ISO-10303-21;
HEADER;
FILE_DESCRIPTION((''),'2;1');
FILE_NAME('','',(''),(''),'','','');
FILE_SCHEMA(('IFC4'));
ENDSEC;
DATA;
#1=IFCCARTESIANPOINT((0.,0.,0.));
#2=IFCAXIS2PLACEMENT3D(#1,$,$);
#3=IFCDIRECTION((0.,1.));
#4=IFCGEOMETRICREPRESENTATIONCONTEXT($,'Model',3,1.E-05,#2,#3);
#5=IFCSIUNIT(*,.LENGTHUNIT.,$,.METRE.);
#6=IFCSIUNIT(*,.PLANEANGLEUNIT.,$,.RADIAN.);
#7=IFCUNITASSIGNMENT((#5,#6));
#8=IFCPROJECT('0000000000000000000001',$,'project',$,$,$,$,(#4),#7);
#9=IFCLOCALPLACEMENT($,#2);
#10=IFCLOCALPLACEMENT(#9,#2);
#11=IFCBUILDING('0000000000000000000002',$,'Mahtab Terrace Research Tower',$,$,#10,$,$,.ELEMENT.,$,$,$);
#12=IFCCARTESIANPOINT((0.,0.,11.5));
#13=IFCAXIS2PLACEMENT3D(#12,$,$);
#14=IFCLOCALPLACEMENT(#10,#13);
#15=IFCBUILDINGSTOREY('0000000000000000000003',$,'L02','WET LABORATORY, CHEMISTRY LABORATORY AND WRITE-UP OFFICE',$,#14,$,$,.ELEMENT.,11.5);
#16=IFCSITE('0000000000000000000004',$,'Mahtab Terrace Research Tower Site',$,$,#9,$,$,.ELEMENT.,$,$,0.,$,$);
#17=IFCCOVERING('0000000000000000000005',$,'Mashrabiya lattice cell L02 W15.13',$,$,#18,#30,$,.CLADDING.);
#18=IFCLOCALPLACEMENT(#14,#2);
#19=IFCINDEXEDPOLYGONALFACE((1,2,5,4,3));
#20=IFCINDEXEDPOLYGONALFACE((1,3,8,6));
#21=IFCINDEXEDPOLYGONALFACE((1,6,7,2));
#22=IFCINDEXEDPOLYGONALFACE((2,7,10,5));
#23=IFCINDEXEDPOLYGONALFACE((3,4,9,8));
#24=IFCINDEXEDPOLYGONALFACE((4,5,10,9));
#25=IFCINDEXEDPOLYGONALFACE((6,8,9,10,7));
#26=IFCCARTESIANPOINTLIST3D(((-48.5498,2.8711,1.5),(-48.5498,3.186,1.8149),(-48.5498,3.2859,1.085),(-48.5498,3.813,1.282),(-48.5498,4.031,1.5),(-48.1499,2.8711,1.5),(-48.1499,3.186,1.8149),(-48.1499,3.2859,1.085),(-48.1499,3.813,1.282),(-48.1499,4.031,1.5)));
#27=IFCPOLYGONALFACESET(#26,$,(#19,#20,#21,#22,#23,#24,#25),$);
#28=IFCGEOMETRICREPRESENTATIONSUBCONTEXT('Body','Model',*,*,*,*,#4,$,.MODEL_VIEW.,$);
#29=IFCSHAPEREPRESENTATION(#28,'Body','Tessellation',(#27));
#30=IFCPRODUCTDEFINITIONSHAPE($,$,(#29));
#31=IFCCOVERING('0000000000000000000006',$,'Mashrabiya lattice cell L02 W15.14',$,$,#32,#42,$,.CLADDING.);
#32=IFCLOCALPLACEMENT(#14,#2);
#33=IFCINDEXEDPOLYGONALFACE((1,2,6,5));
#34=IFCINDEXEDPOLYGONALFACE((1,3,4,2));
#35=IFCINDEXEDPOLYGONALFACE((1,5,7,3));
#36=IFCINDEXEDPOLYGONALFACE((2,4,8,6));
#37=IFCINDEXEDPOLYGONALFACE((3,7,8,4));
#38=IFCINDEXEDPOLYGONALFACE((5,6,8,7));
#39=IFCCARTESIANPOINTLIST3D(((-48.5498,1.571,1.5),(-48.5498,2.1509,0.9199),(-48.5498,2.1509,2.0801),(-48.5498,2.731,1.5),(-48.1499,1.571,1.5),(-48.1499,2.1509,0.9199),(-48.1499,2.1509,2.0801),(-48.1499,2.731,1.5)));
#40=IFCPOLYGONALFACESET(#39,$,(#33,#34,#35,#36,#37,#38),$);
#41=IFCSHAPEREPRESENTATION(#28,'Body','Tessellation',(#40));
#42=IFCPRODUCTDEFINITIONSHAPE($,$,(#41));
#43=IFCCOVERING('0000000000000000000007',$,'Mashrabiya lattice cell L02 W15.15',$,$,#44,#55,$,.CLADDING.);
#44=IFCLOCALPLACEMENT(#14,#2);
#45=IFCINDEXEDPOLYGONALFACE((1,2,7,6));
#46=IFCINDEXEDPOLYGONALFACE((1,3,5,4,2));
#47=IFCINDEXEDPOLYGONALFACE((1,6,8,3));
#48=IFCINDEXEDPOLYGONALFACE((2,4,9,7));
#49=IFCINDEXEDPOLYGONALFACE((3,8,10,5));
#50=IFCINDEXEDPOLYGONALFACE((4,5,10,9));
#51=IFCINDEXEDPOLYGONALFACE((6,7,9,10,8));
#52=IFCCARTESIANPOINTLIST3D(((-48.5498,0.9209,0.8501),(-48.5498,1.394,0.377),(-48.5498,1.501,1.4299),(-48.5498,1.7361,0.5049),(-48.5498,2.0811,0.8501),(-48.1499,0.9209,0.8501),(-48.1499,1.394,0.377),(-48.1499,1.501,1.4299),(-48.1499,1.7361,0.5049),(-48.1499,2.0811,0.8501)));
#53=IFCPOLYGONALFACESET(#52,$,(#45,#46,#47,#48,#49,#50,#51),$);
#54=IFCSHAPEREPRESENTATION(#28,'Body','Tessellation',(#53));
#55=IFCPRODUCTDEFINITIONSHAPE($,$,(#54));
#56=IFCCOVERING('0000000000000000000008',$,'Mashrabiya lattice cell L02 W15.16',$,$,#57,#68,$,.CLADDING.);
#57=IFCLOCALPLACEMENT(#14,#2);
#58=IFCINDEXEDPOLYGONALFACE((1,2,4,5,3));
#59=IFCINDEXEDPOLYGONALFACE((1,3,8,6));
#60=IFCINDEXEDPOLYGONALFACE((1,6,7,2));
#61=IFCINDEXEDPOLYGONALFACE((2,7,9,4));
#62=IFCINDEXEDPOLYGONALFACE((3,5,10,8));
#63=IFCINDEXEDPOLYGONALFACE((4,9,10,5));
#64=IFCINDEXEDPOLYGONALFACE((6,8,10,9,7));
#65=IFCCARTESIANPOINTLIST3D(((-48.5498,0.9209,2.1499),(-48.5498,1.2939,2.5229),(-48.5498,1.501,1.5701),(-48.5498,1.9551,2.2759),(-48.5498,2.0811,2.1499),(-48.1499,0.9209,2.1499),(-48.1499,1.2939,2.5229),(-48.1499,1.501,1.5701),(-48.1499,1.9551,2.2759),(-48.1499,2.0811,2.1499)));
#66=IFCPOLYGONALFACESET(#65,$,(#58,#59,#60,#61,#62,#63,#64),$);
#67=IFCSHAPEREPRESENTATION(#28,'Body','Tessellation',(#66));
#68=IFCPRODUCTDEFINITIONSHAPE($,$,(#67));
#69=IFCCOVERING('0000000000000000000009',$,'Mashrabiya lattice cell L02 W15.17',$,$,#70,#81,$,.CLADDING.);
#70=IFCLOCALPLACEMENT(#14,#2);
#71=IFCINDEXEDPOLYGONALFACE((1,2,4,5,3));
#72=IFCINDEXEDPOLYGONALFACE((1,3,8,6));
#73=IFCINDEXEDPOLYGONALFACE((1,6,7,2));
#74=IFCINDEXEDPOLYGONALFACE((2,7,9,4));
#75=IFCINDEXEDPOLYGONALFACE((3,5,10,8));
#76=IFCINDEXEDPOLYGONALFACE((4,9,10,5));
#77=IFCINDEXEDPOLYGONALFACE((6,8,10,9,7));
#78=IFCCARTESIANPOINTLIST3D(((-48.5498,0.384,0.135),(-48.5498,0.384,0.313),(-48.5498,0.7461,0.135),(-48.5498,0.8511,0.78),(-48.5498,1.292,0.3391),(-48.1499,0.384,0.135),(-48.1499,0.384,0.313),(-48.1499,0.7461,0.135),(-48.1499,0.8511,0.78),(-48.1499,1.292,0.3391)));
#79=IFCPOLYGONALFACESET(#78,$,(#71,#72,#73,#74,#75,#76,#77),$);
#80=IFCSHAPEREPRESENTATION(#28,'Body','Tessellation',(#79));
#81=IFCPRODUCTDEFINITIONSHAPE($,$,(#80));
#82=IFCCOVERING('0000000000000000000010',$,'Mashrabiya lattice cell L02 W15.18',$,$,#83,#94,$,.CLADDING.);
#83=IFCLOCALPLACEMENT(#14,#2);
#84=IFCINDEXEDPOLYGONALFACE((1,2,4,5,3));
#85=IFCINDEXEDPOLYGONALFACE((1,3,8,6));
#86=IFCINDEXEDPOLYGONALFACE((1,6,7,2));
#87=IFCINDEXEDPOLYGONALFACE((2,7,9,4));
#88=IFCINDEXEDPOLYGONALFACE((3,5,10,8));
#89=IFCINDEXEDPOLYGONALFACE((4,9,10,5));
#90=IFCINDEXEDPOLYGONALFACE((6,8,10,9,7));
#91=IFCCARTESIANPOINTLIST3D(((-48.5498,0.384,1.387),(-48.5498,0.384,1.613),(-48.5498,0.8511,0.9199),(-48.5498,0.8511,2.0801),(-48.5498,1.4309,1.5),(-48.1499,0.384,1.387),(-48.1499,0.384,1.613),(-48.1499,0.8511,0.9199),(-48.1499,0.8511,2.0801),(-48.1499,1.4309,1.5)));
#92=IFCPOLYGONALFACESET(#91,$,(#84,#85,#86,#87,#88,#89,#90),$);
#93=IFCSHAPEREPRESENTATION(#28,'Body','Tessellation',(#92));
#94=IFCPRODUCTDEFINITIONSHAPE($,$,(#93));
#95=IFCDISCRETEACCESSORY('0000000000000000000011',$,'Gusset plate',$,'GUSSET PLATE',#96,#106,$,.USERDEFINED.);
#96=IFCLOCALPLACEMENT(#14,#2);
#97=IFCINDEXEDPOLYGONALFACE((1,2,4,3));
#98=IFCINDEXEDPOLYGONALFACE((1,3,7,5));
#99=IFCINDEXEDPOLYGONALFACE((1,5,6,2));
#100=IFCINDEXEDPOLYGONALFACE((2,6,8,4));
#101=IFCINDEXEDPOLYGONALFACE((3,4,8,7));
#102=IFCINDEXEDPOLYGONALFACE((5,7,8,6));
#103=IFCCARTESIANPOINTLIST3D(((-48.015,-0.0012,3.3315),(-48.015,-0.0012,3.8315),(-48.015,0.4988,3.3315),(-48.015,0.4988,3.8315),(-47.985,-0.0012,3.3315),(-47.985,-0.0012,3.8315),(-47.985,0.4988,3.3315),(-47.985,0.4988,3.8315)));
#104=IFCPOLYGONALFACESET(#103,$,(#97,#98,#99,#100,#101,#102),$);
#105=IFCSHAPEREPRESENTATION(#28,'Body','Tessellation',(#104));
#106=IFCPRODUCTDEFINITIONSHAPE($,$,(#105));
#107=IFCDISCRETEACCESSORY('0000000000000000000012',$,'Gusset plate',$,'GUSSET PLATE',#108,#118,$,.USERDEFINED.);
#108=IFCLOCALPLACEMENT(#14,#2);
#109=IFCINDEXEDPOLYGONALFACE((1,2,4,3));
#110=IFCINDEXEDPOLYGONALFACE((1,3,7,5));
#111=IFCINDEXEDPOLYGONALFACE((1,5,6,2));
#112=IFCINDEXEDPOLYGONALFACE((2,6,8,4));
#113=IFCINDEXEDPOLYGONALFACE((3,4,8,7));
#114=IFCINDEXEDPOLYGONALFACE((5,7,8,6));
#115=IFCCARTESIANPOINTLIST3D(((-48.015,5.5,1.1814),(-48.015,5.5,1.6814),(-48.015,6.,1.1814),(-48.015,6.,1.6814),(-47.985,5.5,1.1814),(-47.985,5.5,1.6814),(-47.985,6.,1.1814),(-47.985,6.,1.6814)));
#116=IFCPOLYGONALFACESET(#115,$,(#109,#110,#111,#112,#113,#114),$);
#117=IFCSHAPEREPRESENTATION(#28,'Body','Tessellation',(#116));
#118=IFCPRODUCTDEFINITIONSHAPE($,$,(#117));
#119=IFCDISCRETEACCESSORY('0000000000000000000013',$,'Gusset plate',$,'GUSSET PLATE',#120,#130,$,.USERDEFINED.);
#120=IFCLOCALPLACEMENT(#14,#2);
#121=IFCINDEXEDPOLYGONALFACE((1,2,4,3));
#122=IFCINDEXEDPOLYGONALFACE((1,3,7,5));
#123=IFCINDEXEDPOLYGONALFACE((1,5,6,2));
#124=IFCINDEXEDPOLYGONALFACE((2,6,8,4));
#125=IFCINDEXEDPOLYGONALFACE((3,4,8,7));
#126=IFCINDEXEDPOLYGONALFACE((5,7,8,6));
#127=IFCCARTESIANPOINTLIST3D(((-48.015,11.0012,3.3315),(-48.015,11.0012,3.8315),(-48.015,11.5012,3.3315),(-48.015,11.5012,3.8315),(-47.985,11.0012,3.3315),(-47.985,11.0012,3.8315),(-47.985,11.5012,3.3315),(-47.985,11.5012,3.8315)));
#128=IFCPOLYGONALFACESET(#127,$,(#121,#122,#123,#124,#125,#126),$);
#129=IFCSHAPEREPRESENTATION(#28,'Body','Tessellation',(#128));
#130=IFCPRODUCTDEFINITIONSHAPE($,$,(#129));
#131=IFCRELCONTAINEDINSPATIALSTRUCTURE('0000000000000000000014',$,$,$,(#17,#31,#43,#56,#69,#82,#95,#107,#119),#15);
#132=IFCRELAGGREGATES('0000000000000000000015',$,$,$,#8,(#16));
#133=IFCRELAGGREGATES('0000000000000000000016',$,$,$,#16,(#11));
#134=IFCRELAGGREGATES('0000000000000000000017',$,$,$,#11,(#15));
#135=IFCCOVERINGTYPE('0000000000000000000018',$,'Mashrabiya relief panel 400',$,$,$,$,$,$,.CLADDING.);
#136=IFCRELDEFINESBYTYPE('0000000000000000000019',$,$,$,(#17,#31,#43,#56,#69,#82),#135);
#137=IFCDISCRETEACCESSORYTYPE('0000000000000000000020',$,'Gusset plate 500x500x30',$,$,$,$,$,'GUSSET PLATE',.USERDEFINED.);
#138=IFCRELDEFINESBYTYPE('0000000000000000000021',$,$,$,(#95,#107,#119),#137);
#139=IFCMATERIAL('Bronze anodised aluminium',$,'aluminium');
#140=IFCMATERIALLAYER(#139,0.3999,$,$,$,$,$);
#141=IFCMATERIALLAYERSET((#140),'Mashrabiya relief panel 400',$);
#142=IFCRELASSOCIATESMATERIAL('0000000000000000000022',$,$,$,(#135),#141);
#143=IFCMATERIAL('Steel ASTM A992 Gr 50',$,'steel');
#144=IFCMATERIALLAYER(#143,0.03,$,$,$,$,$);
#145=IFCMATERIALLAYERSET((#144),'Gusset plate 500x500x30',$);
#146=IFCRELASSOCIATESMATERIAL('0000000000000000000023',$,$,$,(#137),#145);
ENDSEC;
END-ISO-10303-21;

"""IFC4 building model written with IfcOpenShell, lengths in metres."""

from ifc_helpers import new_model, si_unit, direction, frame, origin, origin_2d, place, context, subcontext, project, spatial, polyline, rectangle, outline, extrude, material, layer, layer_set, type_object, element, save


model = new_model("IFC4")

# Units and contexts
model_context = context("Model", 3, precision=1e-05, world=origin(), true_north=direction((0.0, 1.0)))
body_context = subcontext(model_context, "Body", "Model", "MODEL_VIEW")
ifc_project = project(units=[si_unit("LENGTHUNIT", "METRE"), si_unit("PLANEANGLEUNIT", "RADIAN")], contexts=[model_context])

# Site, building, storey
site_placement = place(None, origin())
site = spatial("IfcSite", under=ifc_project, at=site_placement, Name="Mahtab Terrace Research Tower Site", CompositionType="ELEMENT", RefElevation=0.0)
building_placement = place(site_placement, origin())
building = spatial("IfcBuilding", under=site, at=building_placement, Name="Mahtab Terrace Research Tower", CompositionType="ELEMENT")
storey_placement = place(building_placement, frame((0.0, 0.0, 11.5)))
storey = spatial("IfcBuildingStorey", under=building, at=storey_placement, Name="L02", Description="WET LABORATORY, CHEMISTRY LABORATORY AND WRITE-UP OFFICE", CompositionType="ELEMENT", Elevation=11.5)

# Shared definitions
ifc_material_1 = material(Name="Steel ASTM A992 Gr 50", Category="steel")

# Coverings
ifc_material_2 = material(Name="Bronze anodised aluminium", Category="aluminium")
ifc_layer_1 = layer(ifc_material_2, 0.3999)
ifc_layer_set_1 = layer_set([ifc_layer_1], Name="Mashrabiya relief panel 400")
covering_type = type_object("IfcCoveringType", Name="Mashrabiya relief panel 400", PredefinedType="CLADDING", material=ifc_layer_set_1)
covering_1_placement = place(storey_placement, frame((-48.1499, 4.031, 1.5), z_axis=(1.0, 0.0, 0.0), x_axis=(0.0, -0.937028, 0.349254)))
element("IfcCovering", 1, at=covering_1_placement, inside=storey, type_object=covering_type, Name="Mashrabiya lattice cell L02 W15.13", PredefinedType="CLADDING", context=body_context, shape_type="SweptSolid", body=[
    extrude(outline(polyline([(0.0, 0.0), (0.9018, 0.0), (1.0869, 0.4051), (0.5532, 0.6491), (0.1281, 0.2804), (0.0, 0.0)])), origin(), (0.0, 0.0, -1.0), 0.3999),
])
covering_2_placement = place(storey_placement, frame((-48.1499, 2.1509, 2.0801), z_axis=(1.0, 0.0, 0.0), x_axis=(0.0, -0.706958, -0.707256)))
element("IfcCovering", 2, at=covering_2_placement, inside=storey, type_object=covering_type, Name="Mashrabiya lattice cell L02 W15.14", PredefinedType="CLADDING", context=body_context, shape_type="SweptSolid", body=[
    extrude(outline(polyline([(0.0, 0.0), (0.8202, 0.0), (0.8205, 0.8202), (0.0002, 0.8204), (0.0, 0.0)])), origin(), (0.0, 0.0, -1.0), 0.3999),
])
covering_3_placement = place(storey_placement, frame((-48.1499, 2.0811, 0.8501), z_axis=(1.0, 0.0, 0.0), x_axis=(0.0, -0.707256, 0.706958)))
element("IfcCovering", 3, at=covering_3_placement, inside=storey, type_object=covering_type, Name="Mashrabiya lattice cell L02 W15.15", PredefinedType="CLADDING", context=body_context, shape_type="SweptSolid", body=[
    extrude(outline(polyline([(0.0, 0.0), (0.8202, 0.0), (0.8205, 0.8202), (0.1514, 0.8203), (-0.0001, 0.488), (0.0, 0.0)])), origin(), (0.0, 0.0, -1.0), 0.3999),
])
covering_4_placement = place(storey_placement, frame((-48.1499, 0.9209, 2.1499), z_axis=(1.0, 0.0, 0.0), x_axis=(0.0, 0.707256, -0.706958)))
element("IfcCovering", 4, at=covering_4_placement, inside=storey, type_object=covering_type, Name="Mashrabiya lattice cell L02 W15.16", PredefinedType="CLADDING", context=body_context, shape_type="SweptSolid", body=[
    extrude(outline(polyline([(0.0, 0.0), (0.8202, 0.0), (0.8205, 0.8202), (0.6424, 0.8202), (0.0001, 0.5276), (0.0, 0.0)])), origin(), (0.0, 0.0, -1.0), 0.3999),
])
covering_5_placement = place(storey_placement, frame((-48.1499, 0.8511, 0.78), z_axis=(1.0, 0.0, 0.0), x_axis=(0.0, -0.707107, -0.707107)))
element("IfcCovering", 5, at=covering_5_placement, inside=storey, type_object=covering_type, Name="Mashrabiya lattice cell L02 W15.17", PredefinedType="CLADDING", context=body_context, shape_type="SweptSolid", body=[
    extrude(outline(polyline([(0.0, 0.0), (0.6605, 0.0), (0.7863, 0.1258), (0.5303, 0.3819), (0.0, 0.6236), (0.0, 0.0)])), origin(), (0.0, 0.0, -1.0), 0.3999),
])
covering_6_placement = place(storey_placement, frame((-48.1499, 0.8511, 0.9199), z_axis=(1.0, 0.0, 0.0), x_axis=(0.0, 0.706958, 0.707256)))
element("IfcCovering", 6, at=covering_6_placement, inside=storey, type_object=covering_type, Name="Mashrabiya lattice cell L02 W15.18", PredefinedType="CLADDING", context=body_context, shape_type="SweptSolid", body=[
    extrude(outline(polyline([(0.0, 0.0), (0.8202, 0.0), (0.8205, 0.8202), (0.16, 0.8203), (0.0001, 0.6605), (0.0, 0.0)])), origin(), (0.0, 0.0, -1.0), 0.3999),
])

# Discrete accessories
ifc_layer_2 = layer(ifc_material_1, 0.03)
ifc_layer_set_2 = layer_set([ifc_layer_2], Name="Gusset plate 500x500x30")
discrete_accessory_type = type_object("IfcDiscreteAccessoryType", Name="Gusset plate 500x500x30", ElementType="GUSSET PLATE", PredefinedType="USERDEFINED", material=ifc_layer_set_2)
for number, where, z_axis, x_axis, name in (
    (7, (-48.0, 0.2488, 3.3315), (0.0, 0.0, 1.0), (0.0, 1.0, 0.0), "Gusset plate"),
    (8, (-48.0, 5.75, 1.1814), (0.0, 0.0, 1.0), (0.0, 1.0, 0.0), "Gusset plate"),
    (9, (-48.0, 11.2512, 3.3315), (0.0, 0.0, 1.0), (0.0, 1.0, 0.0), "Gusset plate"),
):
    element("IfcDiscreteAccessory", number, at=place(storey_placement, frame(where, z_axis=z_axis, x_axis=x_axis)), inside=storey, type_object=discrete_accessory_type, Name=name, ObjectType="GUSSET PLATE", PredefinedType="USERDEFINED", context=body_context, shape_type="SweptSolid", body=[
        extrude(rectangle(XDim=0.5, YDim=0.03, at=origin_2d()), origin(), (0.0, 0.0, 1.0), 0.5),
    ])

save(model, "model.ifc")
